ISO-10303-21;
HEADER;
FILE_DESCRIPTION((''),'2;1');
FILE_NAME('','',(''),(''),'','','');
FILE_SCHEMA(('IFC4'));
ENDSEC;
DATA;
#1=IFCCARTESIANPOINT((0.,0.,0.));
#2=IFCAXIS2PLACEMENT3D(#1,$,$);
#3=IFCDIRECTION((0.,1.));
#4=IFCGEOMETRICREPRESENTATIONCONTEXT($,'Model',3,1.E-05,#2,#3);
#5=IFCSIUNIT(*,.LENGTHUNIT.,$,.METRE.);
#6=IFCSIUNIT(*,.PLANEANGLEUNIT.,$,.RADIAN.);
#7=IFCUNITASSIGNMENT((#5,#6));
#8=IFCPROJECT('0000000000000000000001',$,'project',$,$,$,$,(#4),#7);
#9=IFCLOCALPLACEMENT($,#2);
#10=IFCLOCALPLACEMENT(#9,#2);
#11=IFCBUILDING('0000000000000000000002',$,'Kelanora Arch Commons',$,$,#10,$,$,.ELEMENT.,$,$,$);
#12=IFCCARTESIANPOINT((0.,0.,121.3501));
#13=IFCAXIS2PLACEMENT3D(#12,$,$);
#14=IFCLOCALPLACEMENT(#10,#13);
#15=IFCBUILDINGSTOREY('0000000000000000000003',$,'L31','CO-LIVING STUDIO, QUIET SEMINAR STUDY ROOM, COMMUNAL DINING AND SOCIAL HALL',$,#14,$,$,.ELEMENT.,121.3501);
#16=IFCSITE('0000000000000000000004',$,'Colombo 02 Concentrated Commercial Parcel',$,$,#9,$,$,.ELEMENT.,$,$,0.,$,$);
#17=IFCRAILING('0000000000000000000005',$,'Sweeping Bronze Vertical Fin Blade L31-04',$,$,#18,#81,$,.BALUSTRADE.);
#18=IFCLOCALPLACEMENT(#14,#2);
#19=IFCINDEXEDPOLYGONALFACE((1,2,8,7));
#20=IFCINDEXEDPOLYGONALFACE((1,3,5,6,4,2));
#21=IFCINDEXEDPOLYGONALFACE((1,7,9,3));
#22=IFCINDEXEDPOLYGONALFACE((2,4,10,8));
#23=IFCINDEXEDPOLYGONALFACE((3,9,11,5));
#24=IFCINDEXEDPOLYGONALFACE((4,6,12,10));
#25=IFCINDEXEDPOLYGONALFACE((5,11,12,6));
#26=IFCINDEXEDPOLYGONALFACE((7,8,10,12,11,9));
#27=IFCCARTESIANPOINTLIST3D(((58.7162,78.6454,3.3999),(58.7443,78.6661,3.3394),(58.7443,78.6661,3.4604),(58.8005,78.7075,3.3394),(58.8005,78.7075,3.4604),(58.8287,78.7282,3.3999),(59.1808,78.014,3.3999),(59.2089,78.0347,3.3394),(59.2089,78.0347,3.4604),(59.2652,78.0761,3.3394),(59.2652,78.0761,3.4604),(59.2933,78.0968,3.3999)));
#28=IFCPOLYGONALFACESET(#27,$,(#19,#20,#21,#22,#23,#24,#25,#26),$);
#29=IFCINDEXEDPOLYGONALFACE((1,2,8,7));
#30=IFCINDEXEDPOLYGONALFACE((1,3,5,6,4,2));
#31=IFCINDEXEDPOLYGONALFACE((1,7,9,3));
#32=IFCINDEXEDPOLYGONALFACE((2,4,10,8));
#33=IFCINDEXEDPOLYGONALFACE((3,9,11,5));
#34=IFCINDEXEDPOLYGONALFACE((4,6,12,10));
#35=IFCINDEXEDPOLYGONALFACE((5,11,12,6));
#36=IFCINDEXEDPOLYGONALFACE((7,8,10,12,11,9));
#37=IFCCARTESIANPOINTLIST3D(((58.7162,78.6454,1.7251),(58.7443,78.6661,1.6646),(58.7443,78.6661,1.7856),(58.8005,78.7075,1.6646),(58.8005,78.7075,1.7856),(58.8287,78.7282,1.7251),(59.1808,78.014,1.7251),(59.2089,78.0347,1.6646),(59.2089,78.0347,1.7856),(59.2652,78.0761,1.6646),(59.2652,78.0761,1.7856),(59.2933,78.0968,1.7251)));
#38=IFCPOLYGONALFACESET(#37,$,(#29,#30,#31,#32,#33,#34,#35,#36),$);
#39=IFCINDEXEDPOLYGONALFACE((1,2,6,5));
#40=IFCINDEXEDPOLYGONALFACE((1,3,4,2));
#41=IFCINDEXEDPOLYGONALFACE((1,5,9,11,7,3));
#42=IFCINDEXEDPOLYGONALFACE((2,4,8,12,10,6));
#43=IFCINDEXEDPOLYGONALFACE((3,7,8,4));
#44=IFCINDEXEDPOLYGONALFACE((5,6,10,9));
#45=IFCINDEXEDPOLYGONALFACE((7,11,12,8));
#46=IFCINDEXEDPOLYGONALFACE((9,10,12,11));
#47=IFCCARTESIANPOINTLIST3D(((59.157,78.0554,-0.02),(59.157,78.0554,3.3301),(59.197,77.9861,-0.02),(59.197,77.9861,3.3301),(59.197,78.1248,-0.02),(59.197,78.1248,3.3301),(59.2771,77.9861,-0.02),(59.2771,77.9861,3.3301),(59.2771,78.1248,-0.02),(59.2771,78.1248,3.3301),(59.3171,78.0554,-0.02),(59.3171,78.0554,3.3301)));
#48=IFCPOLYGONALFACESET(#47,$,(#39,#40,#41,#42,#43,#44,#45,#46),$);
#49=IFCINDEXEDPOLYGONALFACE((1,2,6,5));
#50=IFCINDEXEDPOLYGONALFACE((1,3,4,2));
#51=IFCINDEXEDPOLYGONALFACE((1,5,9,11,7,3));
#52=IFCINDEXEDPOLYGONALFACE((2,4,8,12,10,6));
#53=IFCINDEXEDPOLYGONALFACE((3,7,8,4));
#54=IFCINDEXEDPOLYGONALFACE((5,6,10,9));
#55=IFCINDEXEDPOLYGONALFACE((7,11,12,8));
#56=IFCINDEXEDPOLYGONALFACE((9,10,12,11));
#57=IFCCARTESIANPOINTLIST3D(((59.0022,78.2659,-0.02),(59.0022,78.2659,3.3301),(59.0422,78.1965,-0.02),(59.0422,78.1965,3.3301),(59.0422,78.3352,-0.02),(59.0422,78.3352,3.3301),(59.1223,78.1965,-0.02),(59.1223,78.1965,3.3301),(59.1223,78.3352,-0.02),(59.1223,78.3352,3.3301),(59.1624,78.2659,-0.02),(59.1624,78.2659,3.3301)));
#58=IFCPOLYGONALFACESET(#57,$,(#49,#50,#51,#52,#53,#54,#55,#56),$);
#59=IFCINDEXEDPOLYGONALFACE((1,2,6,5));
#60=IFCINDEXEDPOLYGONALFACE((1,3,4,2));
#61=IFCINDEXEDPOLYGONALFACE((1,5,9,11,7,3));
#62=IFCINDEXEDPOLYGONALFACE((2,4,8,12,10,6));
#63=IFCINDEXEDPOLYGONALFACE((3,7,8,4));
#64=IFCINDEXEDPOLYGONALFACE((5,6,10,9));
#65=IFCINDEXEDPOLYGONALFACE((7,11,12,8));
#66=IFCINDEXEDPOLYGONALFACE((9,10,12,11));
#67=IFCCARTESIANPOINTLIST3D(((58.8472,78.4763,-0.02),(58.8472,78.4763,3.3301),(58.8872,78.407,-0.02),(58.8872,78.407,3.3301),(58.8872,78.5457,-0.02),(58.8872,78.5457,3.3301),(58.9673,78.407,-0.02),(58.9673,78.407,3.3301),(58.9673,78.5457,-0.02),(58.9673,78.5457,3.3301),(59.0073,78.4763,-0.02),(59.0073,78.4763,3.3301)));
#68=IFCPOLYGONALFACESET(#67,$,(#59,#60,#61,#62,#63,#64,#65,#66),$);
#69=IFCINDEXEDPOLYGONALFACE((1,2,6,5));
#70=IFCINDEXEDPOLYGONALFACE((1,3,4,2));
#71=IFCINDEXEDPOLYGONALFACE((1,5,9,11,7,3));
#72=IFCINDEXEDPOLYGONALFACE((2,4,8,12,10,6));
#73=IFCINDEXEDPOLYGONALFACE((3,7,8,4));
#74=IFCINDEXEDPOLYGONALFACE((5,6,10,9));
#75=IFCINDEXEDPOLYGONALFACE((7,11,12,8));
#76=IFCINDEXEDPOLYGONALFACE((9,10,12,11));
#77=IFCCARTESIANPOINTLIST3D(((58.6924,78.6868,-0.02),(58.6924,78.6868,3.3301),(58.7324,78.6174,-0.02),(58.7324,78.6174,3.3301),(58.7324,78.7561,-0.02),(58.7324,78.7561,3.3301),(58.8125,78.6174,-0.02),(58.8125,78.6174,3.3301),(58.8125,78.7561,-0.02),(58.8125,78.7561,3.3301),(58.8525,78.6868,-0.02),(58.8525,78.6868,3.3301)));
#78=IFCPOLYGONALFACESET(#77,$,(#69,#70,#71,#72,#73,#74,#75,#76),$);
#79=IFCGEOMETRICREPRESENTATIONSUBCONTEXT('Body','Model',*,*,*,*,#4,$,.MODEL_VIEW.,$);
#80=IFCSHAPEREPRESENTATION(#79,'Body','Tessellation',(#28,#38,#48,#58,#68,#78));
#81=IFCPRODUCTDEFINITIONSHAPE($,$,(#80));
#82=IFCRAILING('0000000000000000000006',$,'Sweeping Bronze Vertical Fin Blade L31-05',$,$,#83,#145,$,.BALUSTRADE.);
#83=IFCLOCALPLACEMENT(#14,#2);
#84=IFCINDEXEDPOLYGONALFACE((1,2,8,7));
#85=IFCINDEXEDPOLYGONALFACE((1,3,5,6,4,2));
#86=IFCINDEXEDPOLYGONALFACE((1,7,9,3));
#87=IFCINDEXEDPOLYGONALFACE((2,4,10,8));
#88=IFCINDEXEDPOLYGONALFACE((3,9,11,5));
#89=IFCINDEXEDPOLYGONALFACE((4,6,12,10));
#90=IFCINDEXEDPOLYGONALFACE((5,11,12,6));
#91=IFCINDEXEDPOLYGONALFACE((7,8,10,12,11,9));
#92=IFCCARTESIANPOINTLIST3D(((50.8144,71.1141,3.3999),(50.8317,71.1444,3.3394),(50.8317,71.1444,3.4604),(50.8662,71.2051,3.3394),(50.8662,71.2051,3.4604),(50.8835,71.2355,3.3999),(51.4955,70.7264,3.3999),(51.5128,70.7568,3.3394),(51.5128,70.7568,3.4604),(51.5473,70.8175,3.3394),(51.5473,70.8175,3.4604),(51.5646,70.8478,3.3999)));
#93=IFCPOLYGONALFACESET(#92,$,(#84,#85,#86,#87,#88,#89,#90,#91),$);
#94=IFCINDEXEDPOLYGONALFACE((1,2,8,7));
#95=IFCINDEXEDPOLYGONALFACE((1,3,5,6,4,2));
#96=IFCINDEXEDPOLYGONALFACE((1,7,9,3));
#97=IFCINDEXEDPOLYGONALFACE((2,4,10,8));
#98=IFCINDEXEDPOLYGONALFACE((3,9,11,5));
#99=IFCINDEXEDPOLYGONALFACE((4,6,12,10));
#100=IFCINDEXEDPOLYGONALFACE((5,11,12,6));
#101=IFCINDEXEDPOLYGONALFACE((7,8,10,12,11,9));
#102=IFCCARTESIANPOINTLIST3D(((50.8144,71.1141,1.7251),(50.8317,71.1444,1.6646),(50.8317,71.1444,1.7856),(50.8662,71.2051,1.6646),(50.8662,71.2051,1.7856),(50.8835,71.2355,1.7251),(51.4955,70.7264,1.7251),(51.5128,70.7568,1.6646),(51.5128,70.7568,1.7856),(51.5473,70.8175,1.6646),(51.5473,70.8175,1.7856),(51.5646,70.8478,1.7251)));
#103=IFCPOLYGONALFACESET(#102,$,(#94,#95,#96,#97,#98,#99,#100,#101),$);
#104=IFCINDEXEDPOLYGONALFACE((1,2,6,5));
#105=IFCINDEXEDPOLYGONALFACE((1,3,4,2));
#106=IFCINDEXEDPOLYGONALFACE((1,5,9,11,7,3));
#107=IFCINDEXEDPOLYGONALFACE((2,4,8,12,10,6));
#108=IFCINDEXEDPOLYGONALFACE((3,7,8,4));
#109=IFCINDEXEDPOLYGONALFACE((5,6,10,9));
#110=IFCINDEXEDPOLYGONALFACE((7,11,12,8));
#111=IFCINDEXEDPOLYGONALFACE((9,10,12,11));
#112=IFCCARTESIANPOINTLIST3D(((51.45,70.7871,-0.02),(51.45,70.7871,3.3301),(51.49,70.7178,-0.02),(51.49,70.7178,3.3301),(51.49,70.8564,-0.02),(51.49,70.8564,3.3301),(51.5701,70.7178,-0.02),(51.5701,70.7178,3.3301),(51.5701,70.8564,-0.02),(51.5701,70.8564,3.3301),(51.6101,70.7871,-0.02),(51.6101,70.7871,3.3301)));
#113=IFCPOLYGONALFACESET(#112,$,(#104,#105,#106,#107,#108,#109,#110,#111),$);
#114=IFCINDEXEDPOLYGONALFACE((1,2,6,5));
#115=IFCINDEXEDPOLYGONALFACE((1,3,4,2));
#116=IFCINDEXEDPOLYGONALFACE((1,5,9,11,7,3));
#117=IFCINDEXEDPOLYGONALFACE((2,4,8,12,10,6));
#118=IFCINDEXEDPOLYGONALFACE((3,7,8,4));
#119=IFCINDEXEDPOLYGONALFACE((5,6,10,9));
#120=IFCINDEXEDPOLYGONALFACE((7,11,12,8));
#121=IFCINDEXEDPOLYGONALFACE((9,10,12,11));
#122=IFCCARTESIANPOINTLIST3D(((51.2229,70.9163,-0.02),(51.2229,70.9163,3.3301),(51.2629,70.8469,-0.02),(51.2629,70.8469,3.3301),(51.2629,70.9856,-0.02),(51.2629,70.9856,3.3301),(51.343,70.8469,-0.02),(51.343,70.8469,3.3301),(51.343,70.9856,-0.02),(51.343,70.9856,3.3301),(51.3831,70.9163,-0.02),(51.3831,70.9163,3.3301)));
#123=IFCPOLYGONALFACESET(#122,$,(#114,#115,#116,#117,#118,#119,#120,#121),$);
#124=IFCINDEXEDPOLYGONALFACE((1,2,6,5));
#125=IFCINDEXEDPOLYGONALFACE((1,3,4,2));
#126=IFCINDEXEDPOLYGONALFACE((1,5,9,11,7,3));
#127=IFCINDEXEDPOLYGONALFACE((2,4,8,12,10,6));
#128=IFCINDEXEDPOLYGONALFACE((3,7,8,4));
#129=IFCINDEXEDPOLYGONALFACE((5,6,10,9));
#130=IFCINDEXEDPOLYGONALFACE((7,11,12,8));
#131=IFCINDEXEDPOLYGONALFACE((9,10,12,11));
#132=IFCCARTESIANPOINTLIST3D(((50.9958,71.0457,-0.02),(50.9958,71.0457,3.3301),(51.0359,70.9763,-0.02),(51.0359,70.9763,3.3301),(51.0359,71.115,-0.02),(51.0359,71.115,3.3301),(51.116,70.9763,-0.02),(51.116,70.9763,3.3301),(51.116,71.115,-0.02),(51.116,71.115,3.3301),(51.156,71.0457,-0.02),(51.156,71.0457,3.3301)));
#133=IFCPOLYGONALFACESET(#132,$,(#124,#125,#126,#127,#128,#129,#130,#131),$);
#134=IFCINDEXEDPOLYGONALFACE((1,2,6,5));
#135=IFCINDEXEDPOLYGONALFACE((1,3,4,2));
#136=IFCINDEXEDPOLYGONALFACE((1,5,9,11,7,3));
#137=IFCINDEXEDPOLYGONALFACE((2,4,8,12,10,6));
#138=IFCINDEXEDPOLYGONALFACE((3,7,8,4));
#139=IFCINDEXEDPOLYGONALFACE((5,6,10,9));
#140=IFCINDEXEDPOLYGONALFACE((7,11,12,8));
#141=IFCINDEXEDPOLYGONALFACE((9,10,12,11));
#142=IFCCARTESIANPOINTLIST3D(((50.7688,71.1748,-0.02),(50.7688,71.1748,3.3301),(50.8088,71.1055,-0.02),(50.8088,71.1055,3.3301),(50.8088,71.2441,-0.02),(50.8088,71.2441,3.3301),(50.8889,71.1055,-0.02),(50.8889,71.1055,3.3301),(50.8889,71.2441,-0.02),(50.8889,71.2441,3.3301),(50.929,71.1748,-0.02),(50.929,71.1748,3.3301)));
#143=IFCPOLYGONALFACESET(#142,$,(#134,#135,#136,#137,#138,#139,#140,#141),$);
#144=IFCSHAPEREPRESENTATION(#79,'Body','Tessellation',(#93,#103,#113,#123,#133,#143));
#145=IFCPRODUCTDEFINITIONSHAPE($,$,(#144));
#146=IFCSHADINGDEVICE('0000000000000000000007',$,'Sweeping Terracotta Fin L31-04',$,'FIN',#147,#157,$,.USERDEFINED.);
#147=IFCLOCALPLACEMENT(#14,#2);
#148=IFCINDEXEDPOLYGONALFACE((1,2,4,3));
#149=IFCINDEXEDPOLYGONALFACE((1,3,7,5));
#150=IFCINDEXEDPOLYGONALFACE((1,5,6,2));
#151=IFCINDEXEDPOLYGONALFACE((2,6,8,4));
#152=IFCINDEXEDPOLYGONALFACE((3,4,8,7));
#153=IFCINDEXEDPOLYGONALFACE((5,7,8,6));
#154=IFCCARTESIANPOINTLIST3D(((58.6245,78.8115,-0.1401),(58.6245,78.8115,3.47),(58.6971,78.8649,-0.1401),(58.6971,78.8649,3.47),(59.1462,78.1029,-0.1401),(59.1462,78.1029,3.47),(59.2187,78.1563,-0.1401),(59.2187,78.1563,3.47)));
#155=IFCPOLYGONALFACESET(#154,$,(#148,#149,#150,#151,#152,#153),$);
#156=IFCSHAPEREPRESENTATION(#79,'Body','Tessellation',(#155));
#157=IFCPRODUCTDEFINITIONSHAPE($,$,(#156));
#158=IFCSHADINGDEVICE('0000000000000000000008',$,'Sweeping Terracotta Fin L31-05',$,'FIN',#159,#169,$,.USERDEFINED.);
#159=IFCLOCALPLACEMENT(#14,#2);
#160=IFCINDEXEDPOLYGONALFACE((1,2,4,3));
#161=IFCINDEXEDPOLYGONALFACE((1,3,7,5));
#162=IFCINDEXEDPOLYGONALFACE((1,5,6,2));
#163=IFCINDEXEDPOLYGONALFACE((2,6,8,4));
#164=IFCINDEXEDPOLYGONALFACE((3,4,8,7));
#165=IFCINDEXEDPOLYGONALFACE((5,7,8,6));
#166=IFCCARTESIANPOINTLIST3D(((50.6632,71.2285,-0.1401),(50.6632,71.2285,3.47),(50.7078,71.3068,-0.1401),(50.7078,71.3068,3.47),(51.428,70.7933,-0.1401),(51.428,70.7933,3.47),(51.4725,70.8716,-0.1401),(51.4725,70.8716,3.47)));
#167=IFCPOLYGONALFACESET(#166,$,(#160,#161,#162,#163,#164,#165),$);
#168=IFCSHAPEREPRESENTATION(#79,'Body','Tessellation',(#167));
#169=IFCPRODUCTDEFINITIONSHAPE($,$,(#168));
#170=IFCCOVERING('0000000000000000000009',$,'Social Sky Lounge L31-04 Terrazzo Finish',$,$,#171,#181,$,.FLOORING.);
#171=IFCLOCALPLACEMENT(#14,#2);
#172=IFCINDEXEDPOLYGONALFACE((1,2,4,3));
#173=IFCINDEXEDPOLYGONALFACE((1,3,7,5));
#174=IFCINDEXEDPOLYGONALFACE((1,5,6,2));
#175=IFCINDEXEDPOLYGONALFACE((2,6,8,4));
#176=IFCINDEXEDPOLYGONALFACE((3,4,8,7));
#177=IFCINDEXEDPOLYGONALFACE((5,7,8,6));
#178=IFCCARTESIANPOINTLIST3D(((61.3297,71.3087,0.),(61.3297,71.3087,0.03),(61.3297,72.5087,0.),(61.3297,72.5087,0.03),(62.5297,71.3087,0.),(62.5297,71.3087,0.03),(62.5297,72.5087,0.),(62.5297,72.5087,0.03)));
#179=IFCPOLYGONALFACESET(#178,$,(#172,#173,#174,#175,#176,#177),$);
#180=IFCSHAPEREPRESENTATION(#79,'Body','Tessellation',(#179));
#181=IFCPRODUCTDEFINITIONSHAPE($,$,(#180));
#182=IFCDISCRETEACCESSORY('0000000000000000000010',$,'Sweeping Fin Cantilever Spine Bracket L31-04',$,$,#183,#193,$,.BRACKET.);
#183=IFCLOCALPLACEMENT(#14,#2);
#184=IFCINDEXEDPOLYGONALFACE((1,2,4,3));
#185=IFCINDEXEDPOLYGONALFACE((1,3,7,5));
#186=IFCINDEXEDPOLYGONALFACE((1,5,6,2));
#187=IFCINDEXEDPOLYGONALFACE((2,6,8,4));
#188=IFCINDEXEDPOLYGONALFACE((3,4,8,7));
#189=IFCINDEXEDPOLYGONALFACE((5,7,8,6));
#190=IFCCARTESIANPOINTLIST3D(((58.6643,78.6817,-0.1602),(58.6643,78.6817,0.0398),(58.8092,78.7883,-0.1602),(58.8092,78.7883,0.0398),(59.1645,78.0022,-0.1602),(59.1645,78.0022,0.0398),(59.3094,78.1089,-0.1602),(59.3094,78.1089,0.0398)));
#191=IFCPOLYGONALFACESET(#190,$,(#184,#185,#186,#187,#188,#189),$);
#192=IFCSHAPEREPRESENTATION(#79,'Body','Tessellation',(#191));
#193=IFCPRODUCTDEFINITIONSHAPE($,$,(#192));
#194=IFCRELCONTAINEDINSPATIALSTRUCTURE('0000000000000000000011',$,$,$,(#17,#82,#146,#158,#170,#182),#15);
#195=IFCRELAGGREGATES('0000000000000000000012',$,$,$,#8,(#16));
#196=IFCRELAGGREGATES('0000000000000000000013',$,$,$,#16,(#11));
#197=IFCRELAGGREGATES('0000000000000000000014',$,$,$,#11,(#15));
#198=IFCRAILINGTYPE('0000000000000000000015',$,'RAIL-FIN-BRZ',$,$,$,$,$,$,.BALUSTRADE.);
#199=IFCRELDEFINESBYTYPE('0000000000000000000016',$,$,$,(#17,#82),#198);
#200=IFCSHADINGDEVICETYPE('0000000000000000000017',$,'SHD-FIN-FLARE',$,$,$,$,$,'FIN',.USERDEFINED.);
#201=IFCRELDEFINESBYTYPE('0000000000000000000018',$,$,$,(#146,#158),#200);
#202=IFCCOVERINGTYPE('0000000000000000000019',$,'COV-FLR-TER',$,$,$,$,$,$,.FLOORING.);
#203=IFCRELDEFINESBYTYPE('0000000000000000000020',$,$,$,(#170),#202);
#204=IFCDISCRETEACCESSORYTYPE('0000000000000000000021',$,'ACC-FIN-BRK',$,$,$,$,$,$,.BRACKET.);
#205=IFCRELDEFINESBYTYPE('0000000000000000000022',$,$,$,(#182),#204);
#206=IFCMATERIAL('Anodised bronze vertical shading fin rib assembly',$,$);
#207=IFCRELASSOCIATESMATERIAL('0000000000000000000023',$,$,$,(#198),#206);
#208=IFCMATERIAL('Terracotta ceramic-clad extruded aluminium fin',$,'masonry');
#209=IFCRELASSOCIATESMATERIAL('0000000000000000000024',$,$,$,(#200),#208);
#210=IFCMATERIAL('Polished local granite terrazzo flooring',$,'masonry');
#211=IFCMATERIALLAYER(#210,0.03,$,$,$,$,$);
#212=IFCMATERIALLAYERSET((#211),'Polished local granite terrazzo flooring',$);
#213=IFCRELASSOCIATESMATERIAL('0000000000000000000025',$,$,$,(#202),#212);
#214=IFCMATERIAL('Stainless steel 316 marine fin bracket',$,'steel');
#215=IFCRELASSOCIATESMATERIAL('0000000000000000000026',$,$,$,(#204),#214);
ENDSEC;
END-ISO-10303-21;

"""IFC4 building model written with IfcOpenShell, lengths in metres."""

from ifc_helpers import new_model, si_unit, direction, frame, origin, origin_2d, place, context, subcontext, project, spatial, polyline, rectangle, outline, extrude, source, transform, mapped, material, layer, layer_set, type_object, element, save


model = new_model("IFC4")

# Units and contexts
model_context = context("Model", 3, precision=1e-05, world=origin(), true_north=direction((0.0, 1.0)))
body_context = subcontext(model_context, "Body", "Model", "MODEL_VIEW")
ifc_project = project(units=[si_unit("LENGTHUNIT", "METRE"), si_unit("PLANEANGLEUNIT", "RADIAN")], contexts=[model_context])

# Site, building, storey
site_placement = place(None, origin())
site = spatial("IfcSite", under=ifc_project, at=site_placement, Name="Colombo 02 Concentrated Commercial Parcel", CompositionType="ELEMENT", RefElevation=0.0)
building_placement = place(site_placement, origin())
building = spatial("IfcBuilding", under=site, at=building_placement, Name="Kelanora Arch Commons", CompositionType="ELEMENT")
storey_placement = place(building_placement, frame((0.0, 0.0, 121.3501)))
storey = spatial("IfcBuildingStorey", under=building, at=storey_placement, Name="L31", Description="CO-LIVING STUDIO, QUIET SEMINAR STUDY ROOM, COMMUNAL DINING AND SOCIAL HALL", CompositionType="ELEMENT", Elevation=121.3501)

# Railings
ifc_material_1 = material(Name="Anodised bronze vertical shading fin rib assembly")
railing_type = type_object("IfcRailingType", Name="RAIL-FIN-BRZ", PredefinedType="BALUSTRADE", material=ifc_material_1)
railing_1_placement = place(storey_placement, frame((59.2371, 78.0554, -0.02)))
element("IfcRailing", 1, at=railing_1_placement, inside=storey, type_object=railing_type, Name="Sweeping Bronze Vertical Fin Blade L31-04", PredefinedType="BALUSTRADE", context=body_context, shape_type="SweptSolid", body=[
    extrude(outline(polyline([(0.0698, 0.0), (0.0349, 0.0605), (-0.0349, 0.0605), (-0.0698, 0.0), (-0.0349, -0.0605), (0.0349, -0.0605), (0.0698, 0.0)])), frame((0.0, 0.0, 3.4199), z_axis=(-0.5927, 0.805424, 0.0), x_axis=(-0.805424, -0.5927, 0.0)), (0.0, 0.0, 1.0), 0.7839),
    extrude(outline(polyline([(0.0698, 0.0), (0.0349, 0.0605), (-0.0349, 0.0605), (-0.0698, 0.0), (-0.0349, -0.0605), (0.0349, -0.0605), (0.0698, 0.0)])), frame((0.0, 0.0, 1.7451), z_axis=(-0.5927, 0.805424, 0.0), x_axis=(-0.805424, -0.5927, 0.0)), (0.0, 0.0, 1.0), 0.7839),
    extrude(outline(polyline([(0.0801, 0.0), (0.04, 0.0693), (-0.04, 0.0693), (-0.0801, 0.0), (-0.04, -0.0693), (0.04, -0.0693), (0.0801, 0.0)])), origin(), (0.0, 0.0, 1.0), 3.3501),
    extrude(outline(polyline([(0.0801, 0.0), (0.04, 0.0693), (-0.04, 0.0693), (-0.0801, 0.0), (-0.04, -0.0693), (0.04, -0.0693), (0.0801, 0.0)])), frame((-0.1548, 0.2104, 0.0)), (0.0, 0.0, 1.0), 3.3501),
    extrude(outline(polyline([(0.0801, 0.0), (0.04, 0.0693), (-0.04, 0.0693), (-0.0801, 0.0), (-0.04, -0.0693), (0.04, -0.0693), (0.0801, 0.0)])), frame((-0.3098, 0.4209, 0.0)), (0.0, 0.0, 1.0), 3.3501),
    extrude(outline(polyline([(0.0801, 0.0), (0.04, 0.0693), (-0.04, 0.0693), (-0.0801, 0.0), (-0.04, -0.0693), (0.04, -0.0693), (0.0801, 0.0)])), frame((-0.4646, 0.6313, 0.0)), (0.0, 0.0, 1.0), 3.3501),
])
railing_2_placement = place(storey_placement, frame((51.53, 70.7871, -0.02)))
element("IfcRailing", 2, at=railing_2_placement, inside=storey, type_object=railing_type, Name="Sweeping Bronze Vertical Fin Blade L31-05", PredefinedType="BALUSTRADE", context=body_context, shape_type="SweptSolid", body=[
    extrude(outline(polyline([(0.0698, 0.0), (0.0349, 0.0605), (-0.0349, 0.0605), (-0.0698, 0.0), (-0.0349, -0.0605), (0.0349, -0.0605), (0.0698, 0.0)])), frame((0.0, 0.0, 3.4199), z_axis=(-0.869085, 0.494662, 0.0), x_axis=(-0.494662, -0.869085, 0.0)), (0.0, 0.0, 1.0), 0.7837),
    extrude(outline(polyline([(0.0698, 0.0), (0.0349, 0.0605), (-0.0349, 0.0605), (-0.0698, 0.0), (-0.0349, -0.0605), (0.0349, -0.0605), (0.0698, 0.0)])), frame((0.0, 0.0, 1.7451), z_axis=(-0.869085, 0.494662, 0.0), x_axis=(-0.494662, -0.869085, 0.0)), (0.0, 0.0, 1.0), 0.7837),
    extrude(outline(polyline([(0.0801, 0.0), (0.04, 0.0693), (-0.04, 0.0693), (-0.0801, 0.0), (-0.04, -0.0693), (0.04, -0.0693), (0.0801, 0.0)])), origin(), (0.0, 0.0, 1.0), 3.3501),
    extrude(outline(polyline([(0.0801, 0.0), (0.04, 0.0693), (-0.04, 0.0693), (-0.0801, 0.0), (-0.04, -0.0693), (0.04, -0.0693), (0.0801, 0.0)])), frame((-0.2271, 0.1292, 0.0)), (0.0, 0.0, 1.0), 3.3501),
    extrude(outline(polyline([(0.0801, 0.0), (0.04, 0.0693), (-0.04, 0.0693), (-0.0801, 0.0), (-0.04, -0.0693), (0.04, -0.0693), (0.0801, 0.0)])), frame((-0.4541, 0.2585, 0.0)), (0.0, 0.0, 1.0), 3.3501),
    extrude(outline(polyline([(0.0801, 0.0), (0.04, 0.0693), (-0.04, 0.0693), (-0.0801, 0.0), (-0.04, -0.0693), (0.04, -0.0693), (0.0801, 0.0)])), frame((-0.6812, 0.3877, 0.0)), (0.0, 0.0, 1.0), 3.3501),
])

# Shading devices
ifc_material_2 = material(Name="Terracotta ceramic-clad extruded aluminium fin", Category="masonry")
shading_device_type = type_object("IfcShadingDeviceType", Name="SHD-FIN-FLARE", ElementType="FIN", PredefinedType="USERDEFINED", material=ifc_material_2)
shared_shape_1 = source(origin(), body_context, "Body", "SweptSolid", [
    extrude(rectangle(XDim=0.8799, YDim=0.0901, at=origin_2d()), origin(), (0.0, 0.0, 1.0), 3.6101),
])
for number, where, z_axis, x_axis, name in (
    (3, (58.9216, 78.4839, -0.1401), (0.0, 0.0, 1.0), (-0.592857, 0.805308, 0.0), "Sweeping Terracotta Fin L31-04"),
    (4, (51.0679, 71.05, -0.1401), (0.0, 0.0, 1.0), (-0.86915, 0.494549, 0.0), "Sweeping Terracotta Fin L31-05"),
):
    element("IfcShadingDevice", number, at=place(storey_placement, frame(where, z_axis=z_axis, x_axis=x_axis)), inside=storey, type_object=shading_device_type, Name=name, ObjectType="FIN", PredefinedType="USERDEFINED", context=body_context, shape_type="MappedRepresentation", body=[
        mapped(shared_shape_1, transform((0.0, 0.0, 0.0), scale=1.0)),
    ])

# Covering
ifc_material_3 = material(Name="Polished local granite terrazzo flooring", Category="masonry")
ifc_layer_1 = layer(ifc_material_3, 0.03)
ifc_layer_set_1 = layer_set([ifc_layer_1], Name="Polished local granite terrazzo flooring")
covering_type = type_object("IfcCoveringType", Name="COV-FLR-TER", PredefinedType="FLOORING", material=ifc_layer_set_1)
shared_shape_2 = source(origin(), body_context, "Body", "SweptSolid", [
    extrude(rectangle(XDim=1.2, YDim=1.2, at=origin_2d()), origin(), (0.0, 0.0, 1.0), 0.03),
])
covering_placement = place(storey_placement, frame((61.9297, 71.9087, 0.0), z_axis=(0.0, 0.0, 1.0), x_axis=(1.0, 0.0, 0.0)))
element("IfcCovering", 5, at=covering_placement, inside=storey, type_object=covering_type, Name="Social Sky Lounge L31-04 Terrazzo Finish", PredefinedType="FLOORING", context=body_context, shape_type="MappedRepresentation", body=[
    mapped(shared_shape_2, transform((0.0, 0.0, 0.0), scale=1.0)),
])

# Discrete accessory
ifc_material_4 = material(Name="Stainless steel 316 marine fin bracket", Category="steel")
discrete_accessory_type = type_object("IfcDiscreteAccessoryType", Name="ACC-FIN-BRK", PredefinedType="BRACKET", material=ifc_material_4)
shared_shape_3 = source(origin(), body_context, "Body", "SweptSolid", [
    extrude(rectangle(XDim=0.8438, YDim=0.1799, at=origin_2d()), origin(), (0.0, 0.0, 1.0), 0.2),
])
for number, where, z_axis, x_axis, name in (
    (6, (58.9868, 78.3953, -0.1602), (0.0, 0.0, 1.0), (-0.592857, 0.805308, 0.0), "Sweeping Fin Cantilever Spine Bracket L31-04"),
):
    element("IfcDiscreteAccessory", number, at=place(storey_placement, frame(where, z_axis=z_axis, x_axis=x_axis)), inside=storey, type_object=discrete_accessory_type, Name=name, PredefinedType="BRACKET", context=body_context, shape_type="MappedRepresentation", body=[
        mapped(shared_shape_3, transform((0.0, 0.0, 0.0), scale=1.0)),
    ])

save(model, "model.ifc")
